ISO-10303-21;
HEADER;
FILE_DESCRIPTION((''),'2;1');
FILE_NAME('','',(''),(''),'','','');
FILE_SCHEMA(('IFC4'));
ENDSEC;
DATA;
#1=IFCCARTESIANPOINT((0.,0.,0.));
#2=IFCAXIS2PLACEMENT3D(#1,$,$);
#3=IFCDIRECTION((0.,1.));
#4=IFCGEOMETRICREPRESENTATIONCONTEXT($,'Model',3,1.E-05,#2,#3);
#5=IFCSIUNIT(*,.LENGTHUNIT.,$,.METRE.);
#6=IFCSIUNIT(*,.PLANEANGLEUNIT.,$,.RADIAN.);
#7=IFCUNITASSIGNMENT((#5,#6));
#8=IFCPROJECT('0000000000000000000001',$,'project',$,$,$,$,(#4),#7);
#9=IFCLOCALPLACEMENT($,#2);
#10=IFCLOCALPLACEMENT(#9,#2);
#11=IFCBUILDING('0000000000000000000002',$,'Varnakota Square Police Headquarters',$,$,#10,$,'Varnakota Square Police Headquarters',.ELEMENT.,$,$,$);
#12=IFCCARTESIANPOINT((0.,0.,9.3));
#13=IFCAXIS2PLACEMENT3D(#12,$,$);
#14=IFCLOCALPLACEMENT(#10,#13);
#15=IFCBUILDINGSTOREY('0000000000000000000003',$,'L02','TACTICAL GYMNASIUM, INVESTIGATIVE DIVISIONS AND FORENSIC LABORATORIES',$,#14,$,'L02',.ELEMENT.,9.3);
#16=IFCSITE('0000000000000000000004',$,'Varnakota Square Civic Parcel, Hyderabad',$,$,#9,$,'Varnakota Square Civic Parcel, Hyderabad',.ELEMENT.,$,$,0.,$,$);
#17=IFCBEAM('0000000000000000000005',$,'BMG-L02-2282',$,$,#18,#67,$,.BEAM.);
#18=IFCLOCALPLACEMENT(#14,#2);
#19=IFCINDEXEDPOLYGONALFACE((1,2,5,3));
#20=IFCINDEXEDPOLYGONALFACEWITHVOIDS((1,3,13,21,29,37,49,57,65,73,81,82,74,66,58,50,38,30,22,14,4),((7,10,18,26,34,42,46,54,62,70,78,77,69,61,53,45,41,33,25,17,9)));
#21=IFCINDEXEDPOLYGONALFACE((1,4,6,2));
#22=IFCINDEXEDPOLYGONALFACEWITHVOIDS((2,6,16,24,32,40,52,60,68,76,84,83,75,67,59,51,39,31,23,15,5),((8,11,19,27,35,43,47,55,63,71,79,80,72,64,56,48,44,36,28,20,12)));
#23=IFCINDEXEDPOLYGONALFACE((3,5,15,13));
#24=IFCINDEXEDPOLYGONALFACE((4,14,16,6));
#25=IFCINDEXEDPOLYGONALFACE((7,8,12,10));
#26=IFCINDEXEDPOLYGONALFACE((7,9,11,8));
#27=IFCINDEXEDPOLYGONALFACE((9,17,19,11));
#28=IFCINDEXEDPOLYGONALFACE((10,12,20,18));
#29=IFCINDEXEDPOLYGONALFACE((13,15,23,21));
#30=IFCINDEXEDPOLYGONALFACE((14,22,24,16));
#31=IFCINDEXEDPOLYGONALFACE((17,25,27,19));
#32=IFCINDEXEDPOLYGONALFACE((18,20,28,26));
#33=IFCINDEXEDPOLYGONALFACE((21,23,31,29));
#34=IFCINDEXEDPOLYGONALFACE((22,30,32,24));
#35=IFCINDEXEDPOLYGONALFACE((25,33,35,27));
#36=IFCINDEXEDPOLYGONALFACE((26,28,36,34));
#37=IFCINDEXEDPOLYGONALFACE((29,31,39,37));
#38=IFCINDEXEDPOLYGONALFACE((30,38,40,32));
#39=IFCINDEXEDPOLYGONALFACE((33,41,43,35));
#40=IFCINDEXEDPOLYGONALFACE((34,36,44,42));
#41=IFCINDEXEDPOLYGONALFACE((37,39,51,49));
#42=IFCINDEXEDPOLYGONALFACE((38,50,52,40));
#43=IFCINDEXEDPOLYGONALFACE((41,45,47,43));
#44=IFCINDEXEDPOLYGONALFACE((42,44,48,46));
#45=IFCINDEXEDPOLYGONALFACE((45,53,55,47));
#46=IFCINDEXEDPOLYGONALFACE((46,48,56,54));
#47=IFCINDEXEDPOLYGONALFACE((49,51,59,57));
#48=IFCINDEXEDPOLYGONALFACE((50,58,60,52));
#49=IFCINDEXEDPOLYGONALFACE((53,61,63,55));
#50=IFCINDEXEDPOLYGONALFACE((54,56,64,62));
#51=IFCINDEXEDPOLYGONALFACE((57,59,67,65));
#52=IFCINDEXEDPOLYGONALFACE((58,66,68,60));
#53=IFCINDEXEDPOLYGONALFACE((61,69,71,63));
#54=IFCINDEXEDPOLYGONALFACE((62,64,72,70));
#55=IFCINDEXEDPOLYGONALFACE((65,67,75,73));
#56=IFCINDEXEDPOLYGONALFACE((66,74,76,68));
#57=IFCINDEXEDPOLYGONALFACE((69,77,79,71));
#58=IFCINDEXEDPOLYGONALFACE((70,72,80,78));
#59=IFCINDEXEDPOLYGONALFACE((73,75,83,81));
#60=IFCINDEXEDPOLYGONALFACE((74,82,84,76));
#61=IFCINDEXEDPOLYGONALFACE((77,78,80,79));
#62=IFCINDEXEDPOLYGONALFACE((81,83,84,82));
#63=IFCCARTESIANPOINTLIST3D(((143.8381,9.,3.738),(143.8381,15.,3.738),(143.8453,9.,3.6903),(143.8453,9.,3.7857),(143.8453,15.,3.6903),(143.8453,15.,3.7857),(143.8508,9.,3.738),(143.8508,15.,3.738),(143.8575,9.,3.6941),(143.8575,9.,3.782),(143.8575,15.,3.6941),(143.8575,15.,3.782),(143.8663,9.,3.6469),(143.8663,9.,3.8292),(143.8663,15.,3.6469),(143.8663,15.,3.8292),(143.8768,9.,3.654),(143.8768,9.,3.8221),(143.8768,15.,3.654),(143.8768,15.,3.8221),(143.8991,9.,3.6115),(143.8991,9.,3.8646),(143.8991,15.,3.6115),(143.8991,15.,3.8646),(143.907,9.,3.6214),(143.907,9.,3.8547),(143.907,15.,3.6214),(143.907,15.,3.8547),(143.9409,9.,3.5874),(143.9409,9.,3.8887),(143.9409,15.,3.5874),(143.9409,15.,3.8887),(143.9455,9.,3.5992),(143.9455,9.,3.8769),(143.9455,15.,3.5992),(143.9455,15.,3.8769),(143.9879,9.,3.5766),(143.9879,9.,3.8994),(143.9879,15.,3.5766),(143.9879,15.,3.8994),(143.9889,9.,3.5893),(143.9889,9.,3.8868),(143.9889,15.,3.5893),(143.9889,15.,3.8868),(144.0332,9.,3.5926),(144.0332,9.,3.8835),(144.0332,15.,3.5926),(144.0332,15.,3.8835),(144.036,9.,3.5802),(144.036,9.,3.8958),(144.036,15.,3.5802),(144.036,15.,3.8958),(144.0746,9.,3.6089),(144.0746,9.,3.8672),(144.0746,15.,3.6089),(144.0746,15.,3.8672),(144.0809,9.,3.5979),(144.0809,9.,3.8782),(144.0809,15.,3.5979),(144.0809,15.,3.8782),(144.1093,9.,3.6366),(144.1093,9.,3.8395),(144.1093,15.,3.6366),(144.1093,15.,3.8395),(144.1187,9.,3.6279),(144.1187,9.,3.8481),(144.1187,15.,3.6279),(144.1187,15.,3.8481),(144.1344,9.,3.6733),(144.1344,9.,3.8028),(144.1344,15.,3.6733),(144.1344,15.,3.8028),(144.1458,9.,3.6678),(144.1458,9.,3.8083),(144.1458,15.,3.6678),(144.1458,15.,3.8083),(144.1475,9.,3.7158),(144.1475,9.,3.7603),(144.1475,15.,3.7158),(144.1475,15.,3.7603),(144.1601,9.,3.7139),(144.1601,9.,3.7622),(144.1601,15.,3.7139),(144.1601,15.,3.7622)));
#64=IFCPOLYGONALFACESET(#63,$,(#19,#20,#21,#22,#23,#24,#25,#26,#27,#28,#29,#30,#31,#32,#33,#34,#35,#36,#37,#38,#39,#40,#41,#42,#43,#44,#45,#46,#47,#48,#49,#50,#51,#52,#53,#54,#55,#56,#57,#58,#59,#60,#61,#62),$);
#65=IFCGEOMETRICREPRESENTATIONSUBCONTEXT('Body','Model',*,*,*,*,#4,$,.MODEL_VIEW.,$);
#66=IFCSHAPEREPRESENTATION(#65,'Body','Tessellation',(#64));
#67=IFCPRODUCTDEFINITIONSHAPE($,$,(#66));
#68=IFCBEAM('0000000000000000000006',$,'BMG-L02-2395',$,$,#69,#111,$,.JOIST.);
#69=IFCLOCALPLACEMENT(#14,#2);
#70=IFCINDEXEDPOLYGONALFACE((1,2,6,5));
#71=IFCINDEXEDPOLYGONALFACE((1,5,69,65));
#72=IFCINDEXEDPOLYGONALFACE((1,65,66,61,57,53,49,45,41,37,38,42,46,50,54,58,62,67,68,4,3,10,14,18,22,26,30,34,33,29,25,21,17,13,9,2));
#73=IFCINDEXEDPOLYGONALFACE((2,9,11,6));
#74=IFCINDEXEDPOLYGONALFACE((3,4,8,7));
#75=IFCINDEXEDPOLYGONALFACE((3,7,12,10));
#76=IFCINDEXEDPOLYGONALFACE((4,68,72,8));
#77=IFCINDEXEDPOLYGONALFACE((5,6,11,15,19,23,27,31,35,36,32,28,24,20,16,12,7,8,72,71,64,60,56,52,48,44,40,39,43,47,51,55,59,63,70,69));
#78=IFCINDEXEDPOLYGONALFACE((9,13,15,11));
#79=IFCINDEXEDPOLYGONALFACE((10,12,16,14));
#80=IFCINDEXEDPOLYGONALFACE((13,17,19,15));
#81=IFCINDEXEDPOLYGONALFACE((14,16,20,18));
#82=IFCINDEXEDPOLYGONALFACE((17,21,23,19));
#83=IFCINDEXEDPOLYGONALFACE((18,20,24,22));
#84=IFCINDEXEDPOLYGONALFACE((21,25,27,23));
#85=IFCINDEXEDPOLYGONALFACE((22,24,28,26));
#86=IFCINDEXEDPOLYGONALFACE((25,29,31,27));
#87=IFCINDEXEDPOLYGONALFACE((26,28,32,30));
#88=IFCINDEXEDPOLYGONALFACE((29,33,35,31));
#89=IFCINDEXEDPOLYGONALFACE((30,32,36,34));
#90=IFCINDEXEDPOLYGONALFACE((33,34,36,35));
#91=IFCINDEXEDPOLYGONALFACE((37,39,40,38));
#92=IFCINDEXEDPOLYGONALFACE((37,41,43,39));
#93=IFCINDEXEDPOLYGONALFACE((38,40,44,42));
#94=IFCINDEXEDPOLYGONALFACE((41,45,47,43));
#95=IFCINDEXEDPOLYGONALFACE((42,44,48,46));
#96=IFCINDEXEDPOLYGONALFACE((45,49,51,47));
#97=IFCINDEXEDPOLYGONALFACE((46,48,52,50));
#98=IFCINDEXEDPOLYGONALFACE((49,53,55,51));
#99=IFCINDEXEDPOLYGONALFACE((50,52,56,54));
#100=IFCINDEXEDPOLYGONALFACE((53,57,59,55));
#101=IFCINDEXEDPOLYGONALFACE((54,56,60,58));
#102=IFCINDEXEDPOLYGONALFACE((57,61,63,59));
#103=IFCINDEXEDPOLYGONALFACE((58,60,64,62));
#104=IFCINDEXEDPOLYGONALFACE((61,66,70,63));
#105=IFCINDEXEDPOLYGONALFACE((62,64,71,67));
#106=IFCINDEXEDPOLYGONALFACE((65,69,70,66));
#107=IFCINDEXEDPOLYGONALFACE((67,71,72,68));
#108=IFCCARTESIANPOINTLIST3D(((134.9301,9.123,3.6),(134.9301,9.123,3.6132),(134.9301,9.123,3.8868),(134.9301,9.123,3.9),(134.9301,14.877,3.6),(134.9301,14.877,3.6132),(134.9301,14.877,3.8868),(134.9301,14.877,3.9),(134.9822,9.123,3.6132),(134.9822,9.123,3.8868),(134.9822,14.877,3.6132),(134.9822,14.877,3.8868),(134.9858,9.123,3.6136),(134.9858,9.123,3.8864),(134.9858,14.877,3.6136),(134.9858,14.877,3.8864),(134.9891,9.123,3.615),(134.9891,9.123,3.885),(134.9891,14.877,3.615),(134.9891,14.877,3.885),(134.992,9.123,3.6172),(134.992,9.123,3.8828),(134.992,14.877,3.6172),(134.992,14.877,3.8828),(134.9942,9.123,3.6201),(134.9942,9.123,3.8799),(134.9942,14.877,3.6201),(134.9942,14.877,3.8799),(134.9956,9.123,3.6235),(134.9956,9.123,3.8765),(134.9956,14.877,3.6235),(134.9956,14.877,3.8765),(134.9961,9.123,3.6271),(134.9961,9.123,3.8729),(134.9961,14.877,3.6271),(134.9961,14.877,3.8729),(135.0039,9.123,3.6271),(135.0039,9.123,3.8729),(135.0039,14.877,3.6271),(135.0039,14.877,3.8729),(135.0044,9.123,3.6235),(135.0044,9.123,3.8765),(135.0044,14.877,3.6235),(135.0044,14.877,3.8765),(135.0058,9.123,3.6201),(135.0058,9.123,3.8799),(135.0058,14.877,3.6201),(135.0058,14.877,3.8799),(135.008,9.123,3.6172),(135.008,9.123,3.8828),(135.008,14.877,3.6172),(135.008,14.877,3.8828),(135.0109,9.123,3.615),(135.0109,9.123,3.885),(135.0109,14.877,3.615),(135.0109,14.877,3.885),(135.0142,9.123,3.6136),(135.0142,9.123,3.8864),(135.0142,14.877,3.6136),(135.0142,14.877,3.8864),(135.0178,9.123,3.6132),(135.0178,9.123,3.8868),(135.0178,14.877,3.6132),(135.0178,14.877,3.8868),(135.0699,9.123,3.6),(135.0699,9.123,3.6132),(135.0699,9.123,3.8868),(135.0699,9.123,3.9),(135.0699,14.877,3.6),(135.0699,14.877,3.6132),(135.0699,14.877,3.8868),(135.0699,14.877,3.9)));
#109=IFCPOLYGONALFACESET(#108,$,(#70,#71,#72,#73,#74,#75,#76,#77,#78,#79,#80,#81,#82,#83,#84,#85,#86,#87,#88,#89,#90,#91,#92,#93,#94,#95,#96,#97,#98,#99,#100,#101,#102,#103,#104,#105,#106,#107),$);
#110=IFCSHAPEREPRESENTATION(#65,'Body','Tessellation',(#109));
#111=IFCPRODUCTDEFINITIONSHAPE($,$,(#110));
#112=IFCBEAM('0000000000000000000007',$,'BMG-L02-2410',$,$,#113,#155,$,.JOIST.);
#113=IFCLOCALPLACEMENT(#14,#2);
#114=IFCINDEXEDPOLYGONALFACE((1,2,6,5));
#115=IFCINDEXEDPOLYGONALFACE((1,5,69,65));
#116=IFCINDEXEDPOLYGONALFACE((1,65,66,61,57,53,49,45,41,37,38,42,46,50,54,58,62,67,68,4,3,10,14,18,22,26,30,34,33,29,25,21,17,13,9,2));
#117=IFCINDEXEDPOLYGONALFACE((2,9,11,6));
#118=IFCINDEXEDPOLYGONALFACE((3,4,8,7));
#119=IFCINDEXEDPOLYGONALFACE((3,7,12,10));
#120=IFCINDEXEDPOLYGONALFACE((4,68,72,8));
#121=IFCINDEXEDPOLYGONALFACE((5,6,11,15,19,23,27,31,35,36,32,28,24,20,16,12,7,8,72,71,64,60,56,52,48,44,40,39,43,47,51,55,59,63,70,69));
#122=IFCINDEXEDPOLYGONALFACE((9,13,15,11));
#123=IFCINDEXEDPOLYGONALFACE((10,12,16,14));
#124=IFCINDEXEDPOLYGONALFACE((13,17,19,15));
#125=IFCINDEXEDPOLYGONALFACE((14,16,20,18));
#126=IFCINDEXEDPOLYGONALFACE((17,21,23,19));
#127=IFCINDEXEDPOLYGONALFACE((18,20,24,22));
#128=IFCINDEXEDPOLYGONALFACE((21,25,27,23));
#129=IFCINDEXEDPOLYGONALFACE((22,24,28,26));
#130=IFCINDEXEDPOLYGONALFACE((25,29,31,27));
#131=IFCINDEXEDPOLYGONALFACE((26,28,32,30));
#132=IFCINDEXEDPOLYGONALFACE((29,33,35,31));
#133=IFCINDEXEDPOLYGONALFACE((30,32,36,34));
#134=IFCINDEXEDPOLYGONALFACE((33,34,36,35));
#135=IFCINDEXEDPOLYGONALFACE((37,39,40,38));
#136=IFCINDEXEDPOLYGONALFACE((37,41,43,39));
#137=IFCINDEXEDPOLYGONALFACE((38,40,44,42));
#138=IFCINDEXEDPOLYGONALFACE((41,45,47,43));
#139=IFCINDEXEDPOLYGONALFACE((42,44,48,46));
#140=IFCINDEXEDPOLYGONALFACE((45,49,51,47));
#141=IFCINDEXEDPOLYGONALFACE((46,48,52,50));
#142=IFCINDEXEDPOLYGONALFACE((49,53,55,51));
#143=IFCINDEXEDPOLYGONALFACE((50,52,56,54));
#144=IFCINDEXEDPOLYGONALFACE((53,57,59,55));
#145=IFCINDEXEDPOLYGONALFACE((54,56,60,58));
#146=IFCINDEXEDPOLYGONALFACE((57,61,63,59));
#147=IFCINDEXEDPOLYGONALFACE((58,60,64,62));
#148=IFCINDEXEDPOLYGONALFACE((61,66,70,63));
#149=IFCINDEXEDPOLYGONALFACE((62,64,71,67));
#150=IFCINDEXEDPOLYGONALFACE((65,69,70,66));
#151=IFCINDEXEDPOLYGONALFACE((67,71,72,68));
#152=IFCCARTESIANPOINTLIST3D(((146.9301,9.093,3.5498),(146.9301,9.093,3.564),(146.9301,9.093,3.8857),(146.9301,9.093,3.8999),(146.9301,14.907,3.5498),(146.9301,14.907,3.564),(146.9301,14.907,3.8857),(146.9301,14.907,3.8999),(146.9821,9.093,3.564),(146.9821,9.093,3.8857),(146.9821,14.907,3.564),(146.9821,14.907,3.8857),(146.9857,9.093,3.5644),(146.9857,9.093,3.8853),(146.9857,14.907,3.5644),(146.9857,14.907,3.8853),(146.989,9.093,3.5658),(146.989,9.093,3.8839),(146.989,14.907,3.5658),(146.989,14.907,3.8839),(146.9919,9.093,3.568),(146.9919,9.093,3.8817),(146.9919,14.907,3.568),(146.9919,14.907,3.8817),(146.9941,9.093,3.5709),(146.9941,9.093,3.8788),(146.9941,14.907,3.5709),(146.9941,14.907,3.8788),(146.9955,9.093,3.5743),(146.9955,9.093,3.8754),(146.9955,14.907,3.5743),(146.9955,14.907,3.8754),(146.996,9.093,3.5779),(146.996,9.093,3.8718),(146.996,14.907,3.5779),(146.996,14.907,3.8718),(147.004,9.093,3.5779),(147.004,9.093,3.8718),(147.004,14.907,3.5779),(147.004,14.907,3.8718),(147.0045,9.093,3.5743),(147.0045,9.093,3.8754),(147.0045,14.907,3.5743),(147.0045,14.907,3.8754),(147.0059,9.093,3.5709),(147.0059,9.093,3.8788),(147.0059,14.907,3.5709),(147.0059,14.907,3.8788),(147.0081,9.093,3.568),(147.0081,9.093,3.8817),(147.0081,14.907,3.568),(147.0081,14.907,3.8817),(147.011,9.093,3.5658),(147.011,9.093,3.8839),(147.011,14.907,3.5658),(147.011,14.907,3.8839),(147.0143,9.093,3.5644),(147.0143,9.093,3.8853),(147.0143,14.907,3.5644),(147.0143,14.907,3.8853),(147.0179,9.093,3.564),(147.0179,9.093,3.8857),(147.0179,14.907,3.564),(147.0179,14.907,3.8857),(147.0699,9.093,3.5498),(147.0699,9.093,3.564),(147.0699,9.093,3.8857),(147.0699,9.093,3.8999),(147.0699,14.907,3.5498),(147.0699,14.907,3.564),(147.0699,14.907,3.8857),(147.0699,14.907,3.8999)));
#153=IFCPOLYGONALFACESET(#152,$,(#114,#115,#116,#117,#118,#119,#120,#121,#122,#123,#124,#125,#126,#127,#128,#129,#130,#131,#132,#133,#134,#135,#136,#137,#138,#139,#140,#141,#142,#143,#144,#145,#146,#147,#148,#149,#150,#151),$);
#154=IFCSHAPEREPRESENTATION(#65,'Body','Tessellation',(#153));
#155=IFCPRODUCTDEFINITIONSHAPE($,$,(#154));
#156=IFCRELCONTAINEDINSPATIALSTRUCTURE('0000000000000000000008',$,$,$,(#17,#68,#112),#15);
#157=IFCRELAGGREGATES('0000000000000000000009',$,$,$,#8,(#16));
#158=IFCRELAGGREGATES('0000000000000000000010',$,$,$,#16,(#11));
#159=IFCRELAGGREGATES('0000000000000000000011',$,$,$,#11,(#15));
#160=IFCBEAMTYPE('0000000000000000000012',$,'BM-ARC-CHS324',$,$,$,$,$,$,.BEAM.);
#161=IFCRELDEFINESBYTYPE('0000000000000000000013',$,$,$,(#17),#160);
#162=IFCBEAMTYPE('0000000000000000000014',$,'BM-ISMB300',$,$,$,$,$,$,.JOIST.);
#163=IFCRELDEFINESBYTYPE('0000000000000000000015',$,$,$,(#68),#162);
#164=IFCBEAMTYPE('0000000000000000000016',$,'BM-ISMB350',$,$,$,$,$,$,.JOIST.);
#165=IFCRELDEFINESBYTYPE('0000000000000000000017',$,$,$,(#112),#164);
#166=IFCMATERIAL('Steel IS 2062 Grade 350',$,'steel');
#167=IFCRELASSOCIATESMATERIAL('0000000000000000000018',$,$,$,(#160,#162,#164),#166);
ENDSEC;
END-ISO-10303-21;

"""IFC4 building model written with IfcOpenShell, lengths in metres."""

from ifc_helpers import new_model, si_unit, direction, frame, origin, origin_2d, place, context, subcontext, project, spatial, hollow_circle, i_section, extrude, material, material_profile, profile_set, type_object, element, save


model = new_model("IFC4")

# Units and contexts
model_context = context("Model", 3, precision=1e-05, world=origin(), true_north=direction((0.0, 1.0)))
body_context = subcontext(model_context, "Body", "Model", "MODEL_VIEW")
ifc_project = project(units=[si_unit("LENGTHUNIT", "METRE"), si_unit("PLANEANGLEUNIT", "RADIAN")], contexts=[model_context])

# Site, building, storey
site_placement = place(None, origin())
site = spatial("IfcSite", under=ifc_project, at=site_placement, Name="Varnakota Square Civic Parcel, Hyderabad", LongName="Varnakota Square Civic Parcel, Hyderabad", CompositionType="ELEMENT", RefElevation=0.0)
building_placement = place(site_placement, origin())
building = spatial("IfcBuilding", under=site, at=building_placement, Name="Varnakota Square Police Headquarters", LongName="Varnakota Square Police Headquarters", CompositionType="ELEMENT")
storey_placement = place(building_placement, frame((0.0, 0.0, 9.3)))
storey = spatial("IfcBuildingStorey", under=building, at=storey_placement, Name="L02", Description="TACTICAL GYMNASIUM, INVESTIGATIVE DIVISIONS AND FORENSIC LABORATORIES", LongName="L02", CompositionType="ELEMENT", Elevation=9.3)

# Shared definitions
ifc_material_1 = material(Name="Steel IS 2062 Grade 350", Category="steel")

# Beams
ifc_material_profile_1 = material_profile(ifc_material_1, hollow_circle(Radius=0.1619, WallThickness=0.0127, at=origin_2d()), Name="CHS 323.9x12.7")
ifc_profile_set_1 = profile_set([ifc_material_profile_1], Name="Steel IS 2062 Grade 350")
beam_type_1 = type_object("IfcBeamType", Name="BM-ARC-CHS324", PredefinedType="BEAM", material=ifc_profile_set_1)
for number, where, z_axis, x_axis, name in (
    (1, (144.0, 9.0, 3.738), (0.0, 1.0, 0.0), (-1.0, 0.0, 0.0), "BMG-L02-2282"),
):
    element("IfcBeam", number, at=place(storey_placement, frame(where, z_axis=z_axis, x_axis=x_axis)), inside=storey, type_object=beam_type_1, Name=name, PredefinedType="BEAM", context=body_context, shape_type="SweptSolid", body=[
        extrude(hollow_circle(Radius=0.1619, WallThickness=0.0127, at=origin_2d()), origin(), (0.0, 0.0, 1.0), 6.0),
    ])
ifc_material_profile_2 = material_profile(ifc_material_1, i_section(OverallWidth=0.1399, OverallDepth=0.3, WebThickness=0.0078, FlangeThickness=0.0132, FilletRadius=0.0139, at=origin_2d()), Name="ISMB 300")
ifc_profile_set_2 = profile_set([ifc_material_profile_2], Name="Steel IS 2062 Grade 350")
beam_type_2 = type_object("IfcBeamType", Name="BM-ISMB300", PredefinedType="JOIST", material=ifc_profile_set_2)
beam_1_placement = place(storey_placement, frame((135.0, 9.123, 3.75), z_axis=(0.0, 1.0, 0.0), x_axis=(-1.0, 0.0, 0.0)))
element("IfcBeam", 2, at=beam_1_placement, inside=storey, type_object=beam_type_2, Name="BMG-L02-2395", PredefinedType="JOIST", context=body_context, shape_type="SweptSolid", body=[
    extrude(i_section(OverallWidth=0.1399, OverallDepth=0.3, WebThickness=0.0078, FlangeThickness=0.0132, FilletRadius=0.0139, at=origin_2d()), origin(), (0.0, 0.0, 1.0), 5.7539),
])
ifc_material_profile_3 = material_profile(ifc_material_1, i_section(OverallWidth=0.1399, OverallDepth=0.3501, WebThickness=0.0081, FlangeThickness=0.0142, FilletRadius=0.0139, at=origin_2d()), Name="ISMB 350")
ifc_profile_set_3 = profile_set([ifc_material_profile_3], Name="Steel IS 2062 Grade 350")
beam_type_3 = type_object("IfcBeamType", Name="BM-ISMB350", PredefinedType="JOIST", material=ifc_profile_set_3)
beam_2_placement = place(storey_placement, frame((147.0, 9.093, 3.7249), z_axis=(0.0, 1.0, 0.0), x_axis=(-1.0, 0.0, 0.0)))
element("IfcBeam", 3, at=beam_2_placement, inside=storey, type_object=beam_type_3, Name="BMG-L02-2410", PredefinedType="JOIST", context=body_context, shape_type="SweptSolid", body=[
    extrude(i_section(OverallWidth=0.1399, OverallDepth=0.3501, WebThickness=0.0081, FlangeThickness=0.0142, FilletRadius=0.0139, at=origin_2d()), origin(), (0.0, 0.0, 1.0), 5.814),
])

save(model, "model.ifc")
